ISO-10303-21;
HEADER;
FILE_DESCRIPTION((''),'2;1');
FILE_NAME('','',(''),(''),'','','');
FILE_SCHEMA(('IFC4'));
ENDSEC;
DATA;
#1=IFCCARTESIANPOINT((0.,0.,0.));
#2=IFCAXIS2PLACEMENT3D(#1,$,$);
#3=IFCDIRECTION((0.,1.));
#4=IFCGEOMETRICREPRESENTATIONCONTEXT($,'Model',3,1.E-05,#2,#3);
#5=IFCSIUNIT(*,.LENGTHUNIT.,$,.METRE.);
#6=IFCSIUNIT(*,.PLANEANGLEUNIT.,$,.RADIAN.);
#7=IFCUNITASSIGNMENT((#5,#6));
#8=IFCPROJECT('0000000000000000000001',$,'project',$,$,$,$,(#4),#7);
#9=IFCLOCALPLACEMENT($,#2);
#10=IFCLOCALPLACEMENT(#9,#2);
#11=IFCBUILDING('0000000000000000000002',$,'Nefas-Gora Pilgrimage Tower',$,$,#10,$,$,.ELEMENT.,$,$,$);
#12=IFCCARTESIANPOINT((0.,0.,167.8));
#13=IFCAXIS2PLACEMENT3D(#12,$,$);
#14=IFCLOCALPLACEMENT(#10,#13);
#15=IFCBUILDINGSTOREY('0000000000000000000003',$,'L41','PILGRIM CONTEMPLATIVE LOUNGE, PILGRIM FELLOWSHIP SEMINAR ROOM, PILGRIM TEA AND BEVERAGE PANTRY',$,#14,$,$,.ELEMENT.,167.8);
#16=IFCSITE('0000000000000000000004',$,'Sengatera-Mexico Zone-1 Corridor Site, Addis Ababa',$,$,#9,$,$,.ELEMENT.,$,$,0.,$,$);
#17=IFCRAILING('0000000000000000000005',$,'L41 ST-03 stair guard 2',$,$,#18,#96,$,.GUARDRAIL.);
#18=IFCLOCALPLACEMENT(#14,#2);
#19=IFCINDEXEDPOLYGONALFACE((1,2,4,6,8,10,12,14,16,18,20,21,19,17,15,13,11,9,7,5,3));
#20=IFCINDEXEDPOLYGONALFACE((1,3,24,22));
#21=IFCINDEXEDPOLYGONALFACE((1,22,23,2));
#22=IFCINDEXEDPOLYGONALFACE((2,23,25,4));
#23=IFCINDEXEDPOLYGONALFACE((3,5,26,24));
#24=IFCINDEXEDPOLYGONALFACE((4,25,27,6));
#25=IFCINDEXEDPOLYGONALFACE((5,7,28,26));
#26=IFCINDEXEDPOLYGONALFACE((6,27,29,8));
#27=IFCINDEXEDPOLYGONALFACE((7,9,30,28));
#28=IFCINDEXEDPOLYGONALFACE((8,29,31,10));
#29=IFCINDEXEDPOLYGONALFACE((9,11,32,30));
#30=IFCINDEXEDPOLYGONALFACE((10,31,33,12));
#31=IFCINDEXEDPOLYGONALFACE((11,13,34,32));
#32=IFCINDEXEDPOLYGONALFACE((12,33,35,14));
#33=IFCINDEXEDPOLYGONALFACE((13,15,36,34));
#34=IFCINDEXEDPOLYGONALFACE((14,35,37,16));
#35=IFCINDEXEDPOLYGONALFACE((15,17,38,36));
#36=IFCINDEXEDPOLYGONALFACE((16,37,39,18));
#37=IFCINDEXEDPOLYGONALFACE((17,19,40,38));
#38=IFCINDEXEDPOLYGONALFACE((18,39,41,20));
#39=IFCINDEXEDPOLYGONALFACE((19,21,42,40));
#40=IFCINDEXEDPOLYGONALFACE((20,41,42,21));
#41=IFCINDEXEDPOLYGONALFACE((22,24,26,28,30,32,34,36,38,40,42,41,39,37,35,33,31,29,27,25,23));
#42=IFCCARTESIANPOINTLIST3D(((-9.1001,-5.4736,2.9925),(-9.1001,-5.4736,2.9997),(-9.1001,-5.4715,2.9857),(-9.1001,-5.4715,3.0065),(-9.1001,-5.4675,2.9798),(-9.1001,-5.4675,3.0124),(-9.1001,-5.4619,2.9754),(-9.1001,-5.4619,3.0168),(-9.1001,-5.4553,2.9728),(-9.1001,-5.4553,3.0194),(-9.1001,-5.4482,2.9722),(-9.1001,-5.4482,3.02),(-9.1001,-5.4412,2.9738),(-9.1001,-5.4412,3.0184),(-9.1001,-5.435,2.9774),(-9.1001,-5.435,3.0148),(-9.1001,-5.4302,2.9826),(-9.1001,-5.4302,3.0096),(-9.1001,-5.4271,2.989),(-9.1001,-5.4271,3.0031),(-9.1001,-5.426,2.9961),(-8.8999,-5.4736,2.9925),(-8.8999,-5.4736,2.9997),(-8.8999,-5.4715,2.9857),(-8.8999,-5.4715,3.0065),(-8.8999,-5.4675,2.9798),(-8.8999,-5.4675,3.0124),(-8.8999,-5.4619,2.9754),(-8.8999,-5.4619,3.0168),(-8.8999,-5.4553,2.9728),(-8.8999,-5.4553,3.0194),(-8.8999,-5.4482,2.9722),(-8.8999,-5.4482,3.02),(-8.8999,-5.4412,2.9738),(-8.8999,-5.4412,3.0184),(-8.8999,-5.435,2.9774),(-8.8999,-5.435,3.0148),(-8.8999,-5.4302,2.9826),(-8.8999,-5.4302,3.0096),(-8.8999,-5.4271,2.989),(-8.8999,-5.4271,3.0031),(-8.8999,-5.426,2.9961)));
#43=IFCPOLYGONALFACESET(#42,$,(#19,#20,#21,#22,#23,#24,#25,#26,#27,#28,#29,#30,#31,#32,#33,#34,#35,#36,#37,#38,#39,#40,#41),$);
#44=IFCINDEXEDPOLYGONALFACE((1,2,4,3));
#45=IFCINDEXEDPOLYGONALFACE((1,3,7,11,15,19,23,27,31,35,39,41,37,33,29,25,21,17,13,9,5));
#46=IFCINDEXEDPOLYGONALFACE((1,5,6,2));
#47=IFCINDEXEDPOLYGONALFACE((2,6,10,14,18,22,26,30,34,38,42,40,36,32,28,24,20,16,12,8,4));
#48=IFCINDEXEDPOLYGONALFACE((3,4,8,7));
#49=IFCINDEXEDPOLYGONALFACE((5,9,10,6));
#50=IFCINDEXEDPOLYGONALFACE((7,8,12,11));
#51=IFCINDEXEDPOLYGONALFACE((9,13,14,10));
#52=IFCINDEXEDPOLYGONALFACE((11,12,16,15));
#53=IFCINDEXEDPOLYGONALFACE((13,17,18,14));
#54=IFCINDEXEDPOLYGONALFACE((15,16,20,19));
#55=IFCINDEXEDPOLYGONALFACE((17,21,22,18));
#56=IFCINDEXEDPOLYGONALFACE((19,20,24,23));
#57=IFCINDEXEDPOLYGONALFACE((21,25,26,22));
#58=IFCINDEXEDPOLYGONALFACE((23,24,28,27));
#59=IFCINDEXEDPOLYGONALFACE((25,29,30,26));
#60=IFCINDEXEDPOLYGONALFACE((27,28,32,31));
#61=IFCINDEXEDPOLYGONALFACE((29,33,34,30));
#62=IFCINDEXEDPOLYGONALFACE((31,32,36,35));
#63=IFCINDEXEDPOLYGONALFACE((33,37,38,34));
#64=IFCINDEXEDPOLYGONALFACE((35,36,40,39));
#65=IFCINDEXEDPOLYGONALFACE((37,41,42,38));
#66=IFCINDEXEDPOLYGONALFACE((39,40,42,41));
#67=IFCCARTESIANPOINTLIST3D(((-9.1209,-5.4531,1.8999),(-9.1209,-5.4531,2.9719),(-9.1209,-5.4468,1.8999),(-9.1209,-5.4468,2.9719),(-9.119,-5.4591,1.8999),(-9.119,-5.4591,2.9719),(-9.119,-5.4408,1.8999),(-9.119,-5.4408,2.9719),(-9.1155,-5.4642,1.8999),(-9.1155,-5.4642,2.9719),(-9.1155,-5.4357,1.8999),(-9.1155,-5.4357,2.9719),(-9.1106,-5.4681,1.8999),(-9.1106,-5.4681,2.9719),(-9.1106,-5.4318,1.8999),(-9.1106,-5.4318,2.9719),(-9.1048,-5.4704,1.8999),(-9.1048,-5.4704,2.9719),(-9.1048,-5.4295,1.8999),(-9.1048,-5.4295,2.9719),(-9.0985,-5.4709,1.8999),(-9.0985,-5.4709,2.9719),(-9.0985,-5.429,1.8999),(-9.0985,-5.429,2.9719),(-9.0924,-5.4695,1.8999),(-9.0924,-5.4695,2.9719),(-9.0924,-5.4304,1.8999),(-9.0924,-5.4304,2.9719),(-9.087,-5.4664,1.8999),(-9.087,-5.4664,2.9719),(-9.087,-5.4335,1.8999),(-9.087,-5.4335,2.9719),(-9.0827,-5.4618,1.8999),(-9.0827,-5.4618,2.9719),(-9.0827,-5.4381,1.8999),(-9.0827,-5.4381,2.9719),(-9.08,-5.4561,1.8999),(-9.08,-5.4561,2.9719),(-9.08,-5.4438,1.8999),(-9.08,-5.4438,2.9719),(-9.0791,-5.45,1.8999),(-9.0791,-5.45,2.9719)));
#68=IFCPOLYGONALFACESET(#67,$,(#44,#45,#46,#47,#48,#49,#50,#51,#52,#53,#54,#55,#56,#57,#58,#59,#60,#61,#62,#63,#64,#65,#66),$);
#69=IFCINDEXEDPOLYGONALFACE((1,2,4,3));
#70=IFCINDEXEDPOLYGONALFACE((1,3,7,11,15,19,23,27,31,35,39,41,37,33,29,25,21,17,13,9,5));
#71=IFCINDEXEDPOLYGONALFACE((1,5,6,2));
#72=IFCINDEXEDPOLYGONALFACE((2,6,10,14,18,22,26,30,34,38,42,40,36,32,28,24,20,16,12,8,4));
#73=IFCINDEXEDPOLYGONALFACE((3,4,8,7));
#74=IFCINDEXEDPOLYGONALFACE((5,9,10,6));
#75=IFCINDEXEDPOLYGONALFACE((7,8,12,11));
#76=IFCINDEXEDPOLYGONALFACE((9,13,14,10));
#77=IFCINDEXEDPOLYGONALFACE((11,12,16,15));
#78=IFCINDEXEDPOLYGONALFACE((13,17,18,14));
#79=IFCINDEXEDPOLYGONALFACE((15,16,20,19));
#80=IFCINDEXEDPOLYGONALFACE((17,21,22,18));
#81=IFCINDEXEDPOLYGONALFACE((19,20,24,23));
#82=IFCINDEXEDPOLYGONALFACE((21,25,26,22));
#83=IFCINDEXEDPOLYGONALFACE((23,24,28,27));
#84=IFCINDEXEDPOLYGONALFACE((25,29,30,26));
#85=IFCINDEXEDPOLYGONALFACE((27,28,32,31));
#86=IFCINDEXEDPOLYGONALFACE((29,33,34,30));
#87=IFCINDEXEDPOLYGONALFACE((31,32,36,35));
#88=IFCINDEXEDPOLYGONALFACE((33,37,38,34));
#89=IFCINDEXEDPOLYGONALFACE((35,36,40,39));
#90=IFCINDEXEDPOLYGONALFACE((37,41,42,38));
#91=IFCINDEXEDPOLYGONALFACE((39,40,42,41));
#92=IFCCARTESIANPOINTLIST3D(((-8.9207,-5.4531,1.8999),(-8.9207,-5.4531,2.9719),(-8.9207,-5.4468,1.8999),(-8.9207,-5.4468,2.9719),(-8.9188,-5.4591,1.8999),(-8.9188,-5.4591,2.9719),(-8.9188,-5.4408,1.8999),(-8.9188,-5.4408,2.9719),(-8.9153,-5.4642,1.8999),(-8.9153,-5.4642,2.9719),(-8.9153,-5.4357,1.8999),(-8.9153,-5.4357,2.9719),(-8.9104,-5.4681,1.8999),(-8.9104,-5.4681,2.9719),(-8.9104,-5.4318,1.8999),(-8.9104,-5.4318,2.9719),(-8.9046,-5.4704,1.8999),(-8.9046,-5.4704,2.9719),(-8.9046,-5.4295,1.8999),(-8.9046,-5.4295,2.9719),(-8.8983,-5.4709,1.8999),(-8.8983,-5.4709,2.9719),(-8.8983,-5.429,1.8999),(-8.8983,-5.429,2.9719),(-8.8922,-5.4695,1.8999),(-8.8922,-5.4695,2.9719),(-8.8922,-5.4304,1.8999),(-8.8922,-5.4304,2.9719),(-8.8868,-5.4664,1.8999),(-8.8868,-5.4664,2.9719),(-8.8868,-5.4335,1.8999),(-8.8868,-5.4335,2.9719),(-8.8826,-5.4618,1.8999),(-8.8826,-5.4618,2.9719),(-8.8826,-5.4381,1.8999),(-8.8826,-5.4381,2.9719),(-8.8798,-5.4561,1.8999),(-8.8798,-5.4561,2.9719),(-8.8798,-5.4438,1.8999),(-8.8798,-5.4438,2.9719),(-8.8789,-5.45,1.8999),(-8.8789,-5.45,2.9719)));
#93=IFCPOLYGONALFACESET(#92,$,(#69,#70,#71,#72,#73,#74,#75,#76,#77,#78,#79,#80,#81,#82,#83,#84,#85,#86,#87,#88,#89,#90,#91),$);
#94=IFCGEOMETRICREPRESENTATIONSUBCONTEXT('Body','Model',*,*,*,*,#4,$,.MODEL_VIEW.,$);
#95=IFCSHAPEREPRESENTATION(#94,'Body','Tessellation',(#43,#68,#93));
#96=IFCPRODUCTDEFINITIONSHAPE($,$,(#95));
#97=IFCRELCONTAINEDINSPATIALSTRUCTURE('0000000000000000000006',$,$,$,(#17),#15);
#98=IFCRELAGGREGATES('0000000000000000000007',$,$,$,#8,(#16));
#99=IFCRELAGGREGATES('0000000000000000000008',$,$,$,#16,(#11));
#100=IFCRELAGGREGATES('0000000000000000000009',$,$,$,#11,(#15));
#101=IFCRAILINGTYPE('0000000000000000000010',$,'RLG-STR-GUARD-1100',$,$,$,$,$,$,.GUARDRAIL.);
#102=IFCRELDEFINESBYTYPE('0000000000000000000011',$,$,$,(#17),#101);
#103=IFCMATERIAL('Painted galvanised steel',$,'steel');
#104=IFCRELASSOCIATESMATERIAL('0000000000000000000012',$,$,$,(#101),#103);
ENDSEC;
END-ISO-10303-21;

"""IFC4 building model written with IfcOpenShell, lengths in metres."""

from ifc_helpers import new_model, si_unit, direction, frame, origin, origin_2d, place, context, subcontext, project, spatial, circle, extrude, material, type_object, element, save


model = new_model("IFC4")

# Units and contexts
model_context = context("Model", 3, precision=1e-05, world=origin(), true_north=direction((0.0, 1.0)))
body_context = subcontext(model_context, "Body", "Model", "MODEL_VIEW")
ifc_project = project(units=[si_unit("LENGTHUNIT", "METRE"), si_unit("PLANEANGLEUNIT", "RADIAN")], contexts=[model_context])

# Site, building, storey
site_placement = place(None, origin())
site = spatial("IfcSite", under=ifc_project, at=site_placement, Name="Sengatera-Mexico Zone-1 Corridor Site, Addis Ababa", CompositionType="ELEMENT", RefElevation=0.0)
building_placement = place(site_placement, origin())
building = spatial("IfcBuilding", under=site, at=building_placement, Name="Nefas-Gora Pilgrimage Tower", CompositionType="ELEMENT")
storey_placement = place(building_placement, frame((0.0, 0.0, 167.8)))
storey = spatial("IfcBuildingStorey", under=building, at=storey_placement, Name="L41", Description="PILGRIM CONTEMPLATIVE LOUNGE, PILGRIM FELLOWSHIP SEMINAR ROOM, PILGRIM TEA AND BEVERAGE PANTRY", CompositionType="ELEMENT", Elevation=167.8)

# Railing
ifc_material_1 = material(Name="Painted galvanised steel", Category="steel")
railing_type_1 = type_object("IfcRailingType", Name="RLG-STR-GUARD-1100", PredefinedType="GUARDRAIL", material=ifc_material_1)
railing_1_placement = place(storey_placement, frame((-9.1001, -5.45, 1.8999)))
element("IfcRailing", 1, at=railing_1_placement, inside=storey, type_object=railing_type_1, Name="L41 ST-03 stair guard 2", PredefinedType="GUARDRAIL", context=body_context, shape_type="SweptSolid", body=[
    extrude(circle(Radius=0.0239, at=origin_2d()), frame((0.0, 0.0, 1.0962), z_axis=(1.0, 0.0, 0.0), x_axis=(0.0, 1.0, 0.0)), (0.0, 0.0, 1.0), 0.2002),
    extrude(circle(Radius=0.021, at=origin_2d()), origin(), (0.0, 0.0, 1.0), 1.072),
    extrude(circle(Radius=0.021, at=origin_2d()), frame((0.2002, 0.0, 0.0)), (0.0, 0.0, 1.0), 1.072),
])

save(model, "model.ifc")
